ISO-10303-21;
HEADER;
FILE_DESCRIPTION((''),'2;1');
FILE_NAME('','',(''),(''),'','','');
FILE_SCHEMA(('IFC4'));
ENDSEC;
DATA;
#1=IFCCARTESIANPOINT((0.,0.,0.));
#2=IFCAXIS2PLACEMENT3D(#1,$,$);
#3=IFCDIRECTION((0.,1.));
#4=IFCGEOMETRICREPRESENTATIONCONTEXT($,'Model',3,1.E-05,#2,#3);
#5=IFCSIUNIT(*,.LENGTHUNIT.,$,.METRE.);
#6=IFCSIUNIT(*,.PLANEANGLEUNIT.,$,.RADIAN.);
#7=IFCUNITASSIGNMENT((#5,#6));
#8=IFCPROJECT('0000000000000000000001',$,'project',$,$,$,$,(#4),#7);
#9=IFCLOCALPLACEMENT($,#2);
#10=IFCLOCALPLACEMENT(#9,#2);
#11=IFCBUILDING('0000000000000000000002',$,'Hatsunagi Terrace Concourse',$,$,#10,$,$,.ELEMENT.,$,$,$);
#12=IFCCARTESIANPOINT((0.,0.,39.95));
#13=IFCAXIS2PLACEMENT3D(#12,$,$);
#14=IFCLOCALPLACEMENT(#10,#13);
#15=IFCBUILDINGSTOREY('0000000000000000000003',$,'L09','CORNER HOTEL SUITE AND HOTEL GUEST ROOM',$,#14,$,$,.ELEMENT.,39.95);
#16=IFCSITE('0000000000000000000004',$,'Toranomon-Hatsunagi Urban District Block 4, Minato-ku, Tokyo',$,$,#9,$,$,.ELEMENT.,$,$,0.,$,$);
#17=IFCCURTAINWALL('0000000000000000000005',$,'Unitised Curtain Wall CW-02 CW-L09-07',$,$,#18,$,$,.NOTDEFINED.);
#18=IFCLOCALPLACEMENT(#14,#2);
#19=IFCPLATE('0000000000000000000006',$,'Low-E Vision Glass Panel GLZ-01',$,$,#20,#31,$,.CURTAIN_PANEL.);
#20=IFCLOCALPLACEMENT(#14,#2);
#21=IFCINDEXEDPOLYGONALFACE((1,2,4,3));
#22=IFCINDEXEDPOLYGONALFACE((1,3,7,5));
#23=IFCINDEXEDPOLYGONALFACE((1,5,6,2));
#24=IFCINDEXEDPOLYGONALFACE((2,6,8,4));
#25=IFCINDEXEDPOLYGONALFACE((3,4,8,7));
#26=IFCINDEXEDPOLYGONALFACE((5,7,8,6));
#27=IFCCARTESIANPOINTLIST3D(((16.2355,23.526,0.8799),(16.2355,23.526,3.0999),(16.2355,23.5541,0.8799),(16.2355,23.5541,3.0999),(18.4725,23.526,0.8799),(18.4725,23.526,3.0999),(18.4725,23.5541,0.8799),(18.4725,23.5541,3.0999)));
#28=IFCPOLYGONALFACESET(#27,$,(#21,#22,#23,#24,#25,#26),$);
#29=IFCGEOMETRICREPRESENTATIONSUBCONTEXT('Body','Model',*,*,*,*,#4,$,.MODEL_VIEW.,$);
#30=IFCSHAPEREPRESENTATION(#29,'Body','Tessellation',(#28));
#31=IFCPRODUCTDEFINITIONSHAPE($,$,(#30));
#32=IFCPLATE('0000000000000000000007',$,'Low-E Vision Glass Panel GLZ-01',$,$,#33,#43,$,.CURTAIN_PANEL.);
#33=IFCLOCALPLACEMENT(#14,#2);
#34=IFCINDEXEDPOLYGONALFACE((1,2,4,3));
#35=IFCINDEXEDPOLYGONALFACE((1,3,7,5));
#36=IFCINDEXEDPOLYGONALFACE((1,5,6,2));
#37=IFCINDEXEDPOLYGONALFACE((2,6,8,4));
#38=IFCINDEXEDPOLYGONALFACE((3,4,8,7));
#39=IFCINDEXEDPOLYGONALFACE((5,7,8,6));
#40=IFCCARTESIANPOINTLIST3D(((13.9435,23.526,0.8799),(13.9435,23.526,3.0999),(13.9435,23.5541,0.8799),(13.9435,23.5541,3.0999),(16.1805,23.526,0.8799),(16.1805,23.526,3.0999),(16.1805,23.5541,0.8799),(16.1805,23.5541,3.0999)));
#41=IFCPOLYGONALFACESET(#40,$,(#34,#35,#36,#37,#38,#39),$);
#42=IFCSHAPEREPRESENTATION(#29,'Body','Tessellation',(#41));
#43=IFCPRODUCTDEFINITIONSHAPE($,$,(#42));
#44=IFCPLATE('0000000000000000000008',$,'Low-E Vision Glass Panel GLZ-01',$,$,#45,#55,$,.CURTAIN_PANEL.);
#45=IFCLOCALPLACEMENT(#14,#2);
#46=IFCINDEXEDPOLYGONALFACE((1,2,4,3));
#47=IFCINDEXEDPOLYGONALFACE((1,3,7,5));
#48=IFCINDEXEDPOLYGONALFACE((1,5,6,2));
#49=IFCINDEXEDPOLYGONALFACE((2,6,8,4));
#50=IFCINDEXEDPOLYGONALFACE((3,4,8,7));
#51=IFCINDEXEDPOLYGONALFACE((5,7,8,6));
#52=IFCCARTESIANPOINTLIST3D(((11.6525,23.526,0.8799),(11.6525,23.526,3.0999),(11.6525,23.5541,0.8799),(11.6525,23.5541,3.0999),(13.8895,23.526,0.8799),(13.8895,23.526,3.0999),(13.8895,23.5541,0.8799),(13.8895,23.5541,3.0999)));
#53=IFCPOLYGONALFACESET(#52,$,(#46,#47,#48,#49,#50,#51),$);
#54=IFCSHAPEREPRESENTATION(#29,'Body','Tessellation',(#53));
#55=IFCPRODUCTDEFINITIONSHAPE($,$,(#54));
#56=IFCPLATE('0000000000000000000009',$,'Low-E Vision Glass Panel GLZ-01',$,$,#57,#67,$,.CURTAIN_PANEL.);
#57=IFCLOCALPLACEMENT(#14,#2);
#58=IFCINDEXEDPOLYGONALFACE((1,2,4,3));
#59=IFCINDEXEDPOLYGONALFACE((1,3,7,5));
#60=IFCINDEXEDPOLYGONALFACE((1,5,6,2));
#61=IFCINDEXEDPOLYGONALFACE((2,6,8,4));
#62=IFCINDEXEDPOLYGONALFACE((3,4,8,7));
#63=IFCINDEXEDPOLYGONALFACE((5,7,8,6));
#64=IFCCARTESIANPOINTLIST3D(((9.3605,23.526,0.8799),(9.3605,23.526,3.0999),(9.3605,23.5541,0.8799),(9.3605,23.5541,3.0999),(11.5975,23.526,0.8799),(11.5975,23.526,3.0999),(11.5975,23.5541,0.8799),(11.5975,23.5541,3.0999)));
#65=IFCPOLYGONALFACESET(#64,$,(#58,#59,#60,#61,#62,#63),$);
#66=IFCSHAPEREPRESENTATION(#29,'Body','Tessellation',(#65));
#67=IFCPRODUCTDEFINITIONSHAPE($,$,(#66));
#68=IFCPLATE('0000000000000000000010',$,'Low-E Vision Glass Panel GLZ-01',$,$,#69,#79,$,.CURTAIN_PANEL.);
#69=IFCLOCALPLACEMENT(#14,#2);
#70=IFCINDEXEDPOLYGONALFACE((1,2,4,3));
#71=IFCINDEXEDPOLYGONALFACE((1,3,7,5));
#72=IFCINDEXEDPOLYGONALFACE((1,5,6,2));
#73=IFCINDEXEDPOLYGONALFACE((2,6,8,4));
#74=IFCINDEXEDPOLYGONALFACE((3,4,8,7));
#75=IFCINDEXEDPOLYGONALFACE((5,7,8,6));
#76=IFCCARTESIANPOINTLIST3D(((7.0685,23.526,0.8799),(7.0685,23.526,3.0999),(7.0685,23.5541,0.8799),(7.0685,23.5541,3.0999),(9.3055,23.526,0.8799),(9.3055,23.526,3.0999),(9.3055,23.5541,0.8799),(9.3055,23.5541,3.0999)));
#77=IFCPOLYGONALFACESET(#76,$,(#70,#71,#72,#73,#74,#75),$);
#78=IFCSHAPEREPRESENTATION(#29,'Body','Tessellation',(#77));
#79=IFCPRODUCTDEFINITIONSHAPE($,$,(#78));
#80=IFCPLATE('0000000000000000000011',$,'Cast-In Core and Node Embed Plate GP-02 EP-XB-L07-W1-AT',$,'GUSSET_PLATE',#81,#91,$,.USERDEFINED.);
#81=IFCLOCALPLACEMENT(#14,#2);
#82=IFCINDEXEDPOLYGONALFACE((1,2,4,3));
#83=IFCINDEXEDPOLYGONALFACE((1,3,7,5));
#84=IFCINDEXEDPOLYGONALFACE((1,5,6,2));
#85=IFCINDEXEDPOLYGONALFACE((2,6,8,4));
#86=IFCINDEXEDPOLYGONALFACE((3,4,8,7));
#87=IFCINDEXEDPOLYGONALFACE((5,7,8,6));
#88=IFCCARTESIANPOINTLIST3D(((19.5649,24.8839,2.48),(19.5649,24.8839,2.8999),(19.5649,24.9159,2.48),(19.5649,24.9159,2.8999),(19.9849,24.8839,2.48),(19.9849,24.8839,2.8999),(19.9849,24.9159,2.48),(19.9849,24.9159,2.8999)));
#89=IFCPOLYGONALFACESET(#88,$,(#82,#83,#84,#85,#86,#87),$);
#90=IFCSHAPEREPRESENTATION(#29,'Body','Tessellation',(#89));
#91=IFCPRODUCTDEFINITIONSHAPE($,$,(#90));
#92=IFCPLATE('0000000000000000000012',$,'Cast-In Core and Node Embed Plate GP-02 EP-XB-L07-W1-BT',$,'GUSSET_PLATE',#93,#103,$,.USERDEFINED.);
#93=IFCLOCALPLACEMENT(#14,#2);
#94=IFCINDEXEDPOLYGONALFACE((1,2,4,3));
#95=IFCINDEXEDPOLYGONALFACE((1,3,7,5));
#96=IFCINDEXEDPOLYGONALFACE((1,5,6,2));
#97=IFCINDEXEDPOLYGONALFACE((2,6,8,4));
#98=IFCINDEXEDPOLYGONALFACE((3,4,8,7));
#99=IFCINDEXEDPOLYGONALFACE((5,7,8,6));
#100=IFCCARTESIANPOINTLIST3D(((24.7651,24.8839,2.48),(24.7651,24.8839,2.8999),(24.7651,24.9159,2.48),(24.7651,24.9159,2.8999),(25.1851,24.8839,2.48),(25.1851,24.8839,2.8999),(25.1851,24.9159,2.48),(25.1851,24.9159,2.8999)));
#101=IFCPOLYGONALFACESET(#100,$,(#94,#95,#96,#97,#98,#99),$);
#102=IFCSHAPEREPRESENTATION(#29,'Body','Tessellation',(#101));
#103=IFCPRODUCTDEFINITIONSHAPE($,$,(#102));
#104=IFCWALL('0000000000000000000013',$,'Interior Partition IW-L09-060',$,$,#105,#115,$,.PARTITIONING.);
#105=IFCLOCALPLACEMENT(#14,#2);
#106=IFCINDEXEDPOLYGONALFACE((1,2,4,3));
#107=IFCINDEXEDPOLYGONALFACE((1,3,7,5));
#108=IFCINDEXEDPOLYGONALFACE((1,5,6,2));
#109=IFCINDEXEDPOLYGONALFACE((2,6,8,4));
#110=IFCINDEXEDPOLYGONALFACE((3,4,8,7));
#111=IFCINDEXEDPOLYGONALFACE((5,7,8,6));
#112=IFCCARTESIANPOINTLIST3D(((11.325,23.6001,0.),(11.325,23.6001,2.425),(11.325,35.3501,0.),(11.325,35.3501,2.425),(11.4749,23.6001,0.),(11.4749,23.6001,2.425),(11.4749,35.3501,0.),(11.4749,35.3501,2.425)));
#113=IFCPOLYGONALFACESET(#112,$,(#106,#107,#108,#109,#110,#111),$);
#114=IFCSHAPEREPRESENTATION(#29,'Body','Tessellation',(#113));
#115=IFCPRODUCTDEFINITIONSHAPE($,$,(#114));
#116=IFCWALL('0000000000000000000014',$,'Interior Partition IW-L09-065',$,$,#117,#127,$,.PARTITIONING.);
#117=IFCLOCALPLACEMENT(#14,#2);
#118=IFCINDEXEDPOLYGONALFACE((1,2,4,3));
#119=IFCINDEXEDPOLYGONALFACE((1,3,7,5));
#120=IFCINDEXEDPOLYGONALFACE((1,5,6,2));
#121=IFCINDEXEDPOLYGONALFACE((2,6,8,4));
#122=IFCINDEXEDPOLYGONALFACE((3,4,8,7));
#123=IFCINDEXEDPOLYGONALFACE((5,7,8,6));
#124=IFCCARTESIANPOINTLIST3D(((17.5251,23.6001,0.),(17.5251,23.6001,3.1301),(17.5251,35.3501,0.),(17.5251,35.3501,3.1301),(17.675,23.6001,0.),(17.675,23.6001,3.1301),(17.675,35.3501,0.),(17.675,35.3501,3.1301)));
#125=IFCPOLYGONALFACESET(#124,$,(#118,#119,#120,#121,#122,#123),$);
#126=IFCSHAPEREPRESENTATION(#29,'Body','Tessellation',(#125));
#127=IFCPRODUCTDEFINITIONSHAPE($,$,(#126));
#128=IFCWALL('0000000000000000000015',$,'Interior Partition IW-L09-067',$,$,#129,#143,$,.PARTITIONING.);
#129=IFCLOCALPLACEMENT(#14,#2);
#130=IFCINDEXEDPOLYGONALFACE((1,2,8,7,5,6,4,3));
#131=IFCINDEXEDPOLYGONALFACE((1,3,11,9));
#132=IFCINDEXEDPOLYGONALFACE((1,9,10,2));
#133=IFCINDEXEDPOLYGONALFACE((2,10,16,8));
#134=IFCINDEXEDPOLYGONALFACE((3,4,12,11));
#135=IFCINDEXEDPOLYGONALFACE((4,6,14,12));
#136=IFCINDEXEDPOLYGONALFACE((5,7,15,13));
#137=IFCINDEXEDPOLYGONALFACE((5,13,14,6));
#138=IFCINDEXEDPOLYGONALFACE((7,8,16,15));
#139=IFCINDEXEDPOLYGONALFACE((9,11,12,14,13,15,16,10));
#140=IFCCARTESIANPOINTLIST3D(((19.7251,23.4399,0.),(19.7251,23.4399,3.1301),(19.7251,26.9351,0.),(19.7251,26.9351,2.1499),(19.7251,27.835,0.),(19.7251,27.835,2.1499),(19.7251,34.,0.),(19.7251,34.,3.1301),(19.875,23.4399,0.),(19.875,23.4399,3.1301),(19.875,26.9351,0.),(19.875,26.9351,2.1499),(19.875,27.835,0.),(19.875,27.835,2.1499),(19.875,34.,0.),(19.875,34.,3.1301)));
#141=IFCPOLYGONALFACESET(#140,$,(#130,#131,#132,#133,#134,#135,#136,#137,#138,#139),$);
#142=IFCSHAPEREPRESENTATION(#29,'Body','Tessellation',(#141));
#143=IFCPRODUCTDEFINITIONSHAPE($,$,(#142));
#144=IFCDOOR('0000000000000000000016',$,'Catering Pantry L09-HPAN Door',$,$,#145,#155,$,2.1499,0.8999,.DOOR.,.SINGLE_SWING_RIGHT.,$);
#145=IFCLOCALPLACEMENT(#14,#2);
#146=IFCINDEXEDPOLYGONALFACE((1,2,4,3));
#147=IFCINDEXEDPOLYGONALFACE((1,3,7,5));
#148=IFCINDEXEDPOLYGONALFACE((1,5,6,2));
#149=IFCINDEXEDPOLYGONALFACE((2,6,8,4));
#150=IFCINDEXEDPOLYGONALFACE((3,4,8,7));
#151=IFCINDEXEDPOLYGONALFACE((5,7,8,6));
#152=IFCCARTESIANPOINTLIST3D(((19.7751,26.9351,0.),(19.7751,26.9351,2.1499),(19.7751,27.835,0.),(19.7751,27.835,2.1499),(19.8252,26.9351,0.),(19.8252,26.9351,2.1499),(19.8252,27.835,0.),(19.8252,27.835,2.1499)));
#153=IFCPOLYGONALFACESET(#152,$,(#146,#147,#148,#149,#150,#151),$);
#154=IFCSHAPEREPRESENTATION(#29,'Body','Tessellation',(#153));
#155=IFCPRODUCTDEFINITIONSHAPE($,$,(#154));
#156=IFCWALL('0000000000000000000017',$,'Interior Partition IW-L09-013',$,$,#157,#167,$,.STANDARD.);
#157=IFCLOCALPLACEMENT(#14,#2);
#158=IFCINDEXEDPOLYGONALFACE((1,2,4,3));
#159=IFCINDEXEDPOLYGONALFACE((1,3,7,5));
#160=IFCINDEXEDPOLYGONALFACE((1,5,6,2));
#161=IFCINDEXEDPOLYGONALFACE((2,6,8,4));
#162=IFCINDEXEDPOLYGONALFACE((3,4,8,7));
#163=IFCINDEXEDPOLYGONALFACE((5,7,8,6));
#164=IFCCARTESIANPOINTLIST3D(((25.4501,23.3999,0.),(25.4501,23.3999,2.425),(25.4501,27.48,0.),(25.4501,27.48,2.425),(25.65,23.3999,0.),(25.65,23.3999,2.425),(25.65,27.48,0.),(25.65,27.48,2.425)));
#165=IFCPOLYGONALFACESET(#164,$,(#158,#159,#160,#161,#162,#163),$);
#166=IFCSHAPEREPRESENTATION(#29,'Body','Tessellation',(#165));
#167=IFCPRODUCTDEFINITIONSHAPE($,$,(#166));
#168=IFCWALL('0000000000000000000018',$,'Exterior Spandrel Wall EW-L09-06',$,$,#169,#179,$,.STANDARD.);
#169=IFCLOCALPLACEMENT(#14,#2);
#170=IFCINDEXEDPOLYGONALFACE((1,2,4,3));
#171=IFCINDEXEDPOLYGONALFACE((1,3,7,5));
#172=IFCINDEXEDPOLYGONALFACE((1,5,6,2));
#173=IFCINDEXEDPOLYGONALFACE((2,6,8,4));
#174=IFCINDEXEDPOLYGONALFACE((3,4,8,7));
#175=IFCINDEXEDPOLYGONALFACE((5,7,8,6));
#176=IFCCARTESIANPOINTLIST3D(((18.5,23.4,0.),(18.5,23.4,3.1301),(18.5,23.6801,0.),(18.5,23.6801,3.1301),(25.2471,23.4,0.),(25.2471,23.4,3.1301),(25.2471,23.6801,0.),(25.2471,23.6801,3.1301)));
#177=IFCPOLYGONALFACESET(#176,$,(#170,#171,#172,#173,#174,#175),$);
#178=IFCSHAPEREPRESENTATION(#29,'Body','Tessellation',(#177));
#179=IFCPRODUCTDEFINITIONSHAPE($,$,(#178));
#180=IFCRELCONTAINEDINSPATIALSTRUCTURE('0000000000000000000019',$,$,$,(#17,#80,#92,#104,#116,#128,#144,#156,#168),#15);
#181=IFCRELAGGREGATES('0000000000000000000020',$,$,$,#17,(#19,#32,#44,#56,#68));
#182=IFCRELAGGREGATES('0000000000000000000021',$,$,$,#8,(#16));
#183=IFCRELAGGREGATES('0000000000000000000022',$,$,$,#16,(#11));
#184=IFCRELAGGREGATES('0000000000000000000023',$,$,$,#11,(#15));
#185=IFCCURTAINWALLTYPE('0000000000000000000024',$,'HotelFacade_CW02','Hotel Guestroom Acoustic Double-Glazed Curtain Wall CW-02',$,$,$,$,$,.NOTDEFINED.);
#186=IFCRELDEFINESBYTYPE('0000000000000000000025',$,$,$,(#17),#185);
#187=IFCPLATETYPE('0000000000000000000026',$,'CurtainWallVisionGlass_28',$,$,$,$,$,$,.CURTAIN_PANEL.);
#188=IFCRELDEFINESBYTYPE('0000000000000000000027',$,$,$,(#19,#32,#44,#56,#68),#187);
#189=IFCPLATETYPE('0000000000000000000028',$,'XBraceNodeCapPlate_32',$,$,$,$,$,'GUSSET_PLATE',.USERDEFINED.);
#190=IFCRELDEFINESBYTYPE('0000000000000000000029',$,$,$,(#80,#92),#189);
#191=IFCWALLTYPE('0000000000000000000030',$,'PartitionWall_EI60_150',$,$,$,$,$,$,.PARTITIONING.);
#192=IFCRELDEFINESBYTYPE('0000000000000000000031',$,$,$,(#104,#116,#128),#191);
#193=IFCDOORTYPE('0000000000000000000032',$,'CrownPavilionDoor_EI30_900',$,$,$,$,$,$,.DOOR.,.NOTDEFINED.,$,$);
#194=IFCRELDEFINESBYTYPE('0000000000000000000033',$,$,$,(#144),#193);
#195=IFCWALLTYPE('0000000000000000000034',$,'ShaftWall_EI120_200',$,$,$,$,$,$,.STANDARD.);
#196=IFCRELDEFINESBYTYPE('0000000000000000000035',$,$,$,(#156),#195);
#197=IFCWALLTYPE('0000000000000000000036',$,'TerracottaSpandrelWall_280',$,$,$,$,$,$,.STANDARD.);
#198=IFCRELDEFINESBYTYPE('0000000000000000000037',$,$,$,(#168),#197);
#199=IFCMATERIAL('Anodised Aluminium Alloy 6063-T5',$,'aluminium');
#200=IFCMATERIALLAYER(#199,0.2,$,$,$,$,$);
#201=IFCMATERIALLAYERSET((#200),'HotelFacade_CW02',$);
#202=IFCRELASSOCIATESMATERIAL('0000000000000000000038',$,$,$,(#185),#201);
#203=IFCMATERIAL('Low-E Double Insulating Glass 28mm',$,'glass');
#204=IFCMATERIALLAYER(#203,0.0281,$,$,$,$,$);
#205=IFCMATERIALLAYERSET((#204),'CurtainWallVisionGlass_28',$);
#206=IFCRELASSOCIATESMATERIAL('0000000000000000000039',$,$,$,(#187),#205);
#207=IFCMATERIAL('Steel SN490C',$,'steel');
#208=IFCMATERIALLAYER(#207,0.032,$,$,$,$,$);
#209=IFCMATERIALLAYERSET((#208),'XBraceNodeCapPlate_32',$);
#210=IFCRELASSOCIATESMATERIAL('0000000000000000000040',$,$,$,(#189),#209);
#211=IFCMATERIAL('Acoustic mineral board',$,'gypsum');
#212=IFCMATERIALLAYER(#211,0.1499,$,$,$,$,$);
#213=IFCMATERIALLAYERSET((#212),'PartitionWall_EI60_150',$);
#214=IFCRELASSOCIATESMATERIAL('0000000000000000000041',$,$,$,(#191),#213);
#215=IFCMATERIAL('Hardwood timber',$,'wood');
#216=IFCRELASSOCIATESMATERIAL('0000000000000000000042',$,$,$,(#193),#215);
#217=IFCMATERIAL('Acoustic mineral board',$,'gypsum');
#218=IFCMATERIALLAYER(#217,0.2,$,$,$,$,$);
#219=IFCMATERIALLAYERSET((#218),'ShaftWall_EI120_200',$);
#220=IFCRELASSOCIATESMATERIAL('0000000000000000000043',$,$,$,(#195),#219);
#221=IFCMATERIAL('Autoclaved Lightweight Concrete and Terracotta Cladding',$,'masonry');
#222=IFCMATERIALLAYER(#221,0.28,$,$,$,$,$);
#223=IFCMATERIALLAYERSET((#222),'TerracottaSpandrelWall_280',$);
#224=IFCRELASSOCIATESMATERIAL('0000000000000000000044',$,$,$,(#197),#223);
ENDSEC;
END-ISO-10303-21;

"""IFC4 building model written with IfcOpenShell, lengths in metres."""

from ifc_helpers import new_model, si_unit, direction, frame, frame_2d, origin, origin_2d, place, context, subcontext, project, spatial, rectangle, extrude, material, layer, layer_set, type_object, element, fill, aggregate, save


model = new_model("IFC4")

# Units and contexts
model_context = context("Model", 3, precision=1e-05, world=origin(), true_north=direction((0.0, 1.0)))
body_context = subcontext(model_context, "Body", "Model", "MODEL_VIEW")
ifc_project = project(units=[si_unit("LENGTHUNIT", "METRE"), si_unit("PLANEANGLEUNIT", "RADIAN")], contexts=[model_context])

# Site, building, storey
site_placement = place(None, origin())
site = spatial("IfcSite", under=ifc_project, at=site_placement, Name="Toranomon-Hatsunagi Urban District Block 4, Minato-ku, Tokyo", CompositionType="ELEMENT", RefElevation=0.0)
building_placement = place(site_placement, origin())
building = spatial("IfcBuilding", under=site, at=building_placement, Name="Hatsunagi Terrace Concourse", CompositionType="ELEMENT")
storey_placement = place(building_placement, frame((0.0, 0.0, 39.95)))
storey = spatial("IfcBuildingStorey", under=building, at=storey_placement, Name="L09", Description="CORNER HOTEL SUITE AND HOTEL GUEST ROOM", CompositionType="ELEMENT", Elevation=39.95)

# Curtain wall, plates
ifc_material_1 = material(Name="Anodised Aluminium Alloy 6063-T5", Category="aluminium")
ifc_layer_1 = layer(ifc_material_1, 0.2)
ifc_layer_set_1 = layer_set([ifc_layer_1], Name="HotelFacade_CW02")
curtain_wall_type = type_object("IfcCurtainWallType", Name="HotelFacade_CW02", Description="Hotel Guestroom Acoustic Double-Glazed Curtain Wall CW-02", PredefinedType="NOTDEFINED", material=ifc_layer_set_1)
curtain_wall_placement = place(storey_placement, origin())
curtain_wall = element("IfcCurtainWall", 1, at=curtain_wall_placement, inside=storey, type_object=curtain_wall_type, Name="Unitised Curtain Wall CW-02 CW-L09-07", PredefinedType="NOTDEFINED")
ifc_material_2 = material(Name="Low-E Double Insulating Glass 28mm", Category="glass")
ifc_layer_2 = layer(ifc_material_2, 0.0281)
ifc_layer_set_2 = layer_set([ifc_layer_2], Name="CurtainWallVisionGlass_28")
plate_type_1 = type_object("IfcPlateType", Name="CurtainWallVisionGlass_28", PredefinedType="CURTAIN_PANEL", material=ifc_layer_set_2)
plate_1_placement = place(storey_placement, frame((17.354, 23.54, 0.8799), z_axis=(0.0, 0.0, 1.0), x_axis=(-1.0, 0.0, 0.0)))
plate_1 = element("IfcPlate", 2, at=plate_1_placement, type_object=plate_type_1, Name="Low-E Vision Glass Panel GLZ-01", PredefinedType="CURTAIN_PANEL", context=body_context, shape_type="SweptSolid", body=[
    extrude(rectangle(XDim=2.2371, YDim=0.0281, at=origin_2d()), origin(), (0.0, 0.0, 1.0), 2.22),
])
plate_2_placement = place(storey_placement, frame((15.062, 23.54, 0.8799), z_axis=(0.0, 0.0, 1.0), x_axis=(-1.0, 0.0, 0.0)))
plate_2 = element("IfcPlate", 3, at=plate_2_placement, type_object=plate_type_1, Name="Low-E Vision Glass Panel GLZ-01", PredefinedType="CURTAIN_PANEL", context=body_context, shape_type="SweptSolid", body=[
    extrude(rectangle(XDim=2.2371, YDim=0.0281, at=origin_2d()), origin(), (0.0, 0.0, 1.0), 2.22),
])
plate_3_placement = place(storey_placement, frame((12.771, 23.54, 0.8799), z_axis=(0.0, 0.0, 1.0), x_axis=(-1.0, 0.0, 0.0)))
plate_3 = element("IfcPlate", 4, at=plate_3_placement, type_object=plate_type_1, Name="Low-E Vision Glass Panel GLZ-01", PredefinedType="CURTAIN_PANEL", context=body_context, shape_type="SweptSolid", body=[
    extrude(rectangle(XDim=2.2371, YDim=0.0281, at=origin_2d()), origin(), (0.0, 0.0, 1.0), 2.22),
])
plate_4_placement = place(storey_placement, frame((10.479, 23.54, 0.8799), z_axis=(0.0, 0.0, 1.0), x_axis=(-1.0, 0.0, 0.0)))
plate_4 = element("IfcPlate", 5, at=plate_4_placement, type_object=plate_type_1, Name="Low-E Vision Glass Panel GLZ-01", PredefinedType="CURTAIN_PANEL", context=body_context, shape_type="SweptSolid", body=[
    extrude(rectangle(XDim=2.2371, YDim=0.0281, at=origin_2d()), origin(), (0.0, 0.0, 1.0), 2.22),
])
plate_5_placement = place(storey_placement, frame((8.187, 23.54, 0.8799), z_axis=(0.0, 0.0, 1.0), x_axis=(-1.0, 0.0, 0.0)))
plate_5 = element("IfcPlate", 6, at=plate_5_placement, type_object=plate_type_1, Name="Low-E Vision Glass Panel GLZ-01", PredefinedType="CURTAIN_PANEL", context=body_context, shape_type="SweptSolid", body=[
    extrude(rectangle(XDim=2.2371, YDim=0.0281, at=origin_2d()), origin(), (0.0, 0.0, 1.0), 2.22),
])
aggregate(curtain_wall, [plate_1, plate_2, plate_3, plate_4, plate_5])

# Plates
ifc_material_3 = material(Name="Steel SN490C", Category="steel")
ifc_layer_3 = layer(ifc_material_3, 0.032)
ifc_layer_set_3 = layer_set([ifc_layer_3], Name="XBraceNodeCapPlate_32")
plate_type_2 = type_object("IfcPlateType", Name="XBraceNodeCapPlate_32", ElementType="GUSSET_PLATE", PredefinedType="USERDEFINED", material=ifc_layer_set_3)
for number, where, z_axis, x_axis, name in (
    (7, (19.7749, 24.8999, 2.48), (0.0, 0.0, 1.0), (1.0, 0.0, 0.0), "Cast-In Core and Node Embed Plate GP-02 EP-XB-L07-W1-AT"),
    (8, (24.9751, 24.8999, 2.48), (0.0, 0.0, 1.0), (1.0, 0.0, 0.0), "Cast-In Core and Node Embed Plate GP-02 EP-XB-L07-W1-BT"),
):
    element("IfcPlate", number, at=place(storey_placement, frame(where, z_axis=z_axis, x_axis=x_axis)), inside=storey, type_object=plate_type_2, Name=name, ObjectType="GUSSET_PLATE", PredefinedType="USERDEFINED", context=body_context, shape_type="SweptSolid", body=[
        extrude(rectangle(XDim=0.4199, YDim=0.032, at=origin_2d()), origin(), (0.0, 0.0, 1.0), 0.4199),
    ])

# Walls
ifc_material_4 = material(Name="Acoustic mineral board", Category="gypsum")
ifc_layer_4 = layer(ifc_material_4, 0.1499)
ifc_layer_set_4 = layer_set([ifc_layer_4], Name="PartitionWall_EI60_150")
wall_type_1 = type_object("IfcWallType", Name="PartitionWall_EI60_150", PredefinedType="PARTITIONING", material=ifc_layer_set_4)
wall_1_placement = place(storey_placement, frame((11.3999, 23.6001, 0.0), z_axis=(0.0, 0.0, 1.0), x_axis=(0.0, 1.0, 0.0)))
element("IfcWall", 9, at=wall_1_placement, inside=storey, type_object=wall_type_1, Name="Interior Partition IW-L09-060", PredefinedType="PARTITIONING", context=body_context, shape_type="SweptSolid", body=[
    extrude(rectangle(XDim=11.75, YDim=0.1499, at=frame_2d((5.875, 0.0))), origin(), (0.0, 0.0, 1.0), 2.425),
])
wall_2_placement = place(storey_placement, frame((17.6001, 23.6001, 0.0), z_axis=(0.0, 0.0, 1.0), x_axis=(0.0, 1.0, 0.0)))
element("IfcWall", 10, at=wall_2_placement, inside=storey, type_object=wall_type_1, Name="Interior Partition IW-L09-065", PredefinedType="PARTITIONING", context=body_context, shape_type="SweptSolid", body=[
    extrude(rectangle(XDim=11.75, YDim=0.1499, at=frame_2d((5.875, 0.0))), origin(), (0.0, 0.0, 1.0), 3.1301),
])

# Wall, opening, door
wall_3_placement = place(storey_placement, frame((19.8, 23.4399, 0.0), z_axis=(0.0, 0.0, 1.0), x_axis=(0.0, 1.0, 0.0)))
wall_3 = element("IfcWall", 11, at=wall_3_placement, inside=storey, type_object=wall_type_1, Name="Interior Partition IW-L09-067", PredefinedType="PARTITIONING", context=body_context, shape_type="SweptSolid", body=[
    extrude(rectangle(XDim=10.5601, YDim=0.1499, at=frame_2d((5.28, 0.0))), origin(), (0.0, 0.0, 1.0), 3.1301),
])
opening_placement = place(wall_3_placement, frame((3.4951, 0.0, 0.0)))
opening = element("IfcOpeningElement", 12, at=opening_placement, cuts=wall_3, PredefinedType="OPENING", context=body_context, shape_type="SweptSolid", body=[
    extrude(rectangle(XDim=0.8999, YDim=2.1499, at=frame_2d((0.45, 1.075))), frame((0.0, 0.085, 0.0), z_axis=(0.0, -1.0, 0.0), x_axis=(1.0, 0.0, 0.0)), (0.0, 0.0, 1.0), 0.1699),
])
ifc_material_5 = material(Name="Hardwood timber", Category="wood")
door_type = type_object("IfcDoorType", Name="CrownPavilionDoor_EI30_900", OperationType="NOTDEFINED", PredefinedType="DOOR", material=ifc_material_5)
door_placement = place(opening_placement, origin())
door = element("IfcDoor", 13, at=door_placement, inside=storey, type_object=door_type, Name="Catering Pantry L09-HPAN Door", OperationType="SINGLE_SWING_RIGHT", OverallHeight=2.1499, OverallWidth=0.8999, PredefinedType="DOOR", context=body_context, shape_type="SweptSolid", body=[
    extrude(rectangle(XDim=0.8999, YDim=2.1499, at=frame_2d((0.45, 1.075))), frame((0.0, 0.0249, 0.0), z_axis=(0.0, -1.0, 0.0), x_axis=(1.0, 0.0, 0.0)), (0.0, 0.0, 1.0), 0.05),
])
fill(opening, door)

# Walls
ifc_material_6 = material(Name="Acoustic mineral board", Category="gypsum")
ifc_layer_5 = layer(ifc_material_6, 0.2)
ifc_layer_set_5 = layer_set([ifc_layer_5], Name="ShaftWall_EI120_200")
wall_type_2 = type_object("IfcWallType", Name="ShaftWall_EI120_200", PredefinedType="STANDARD", material=ifc_layer_set_5)
wall_4_placement = place(storey_placement, frame((25.55, 23.3999, 0.0), z_axis=(0.0, 0.0, 1.0), x_axis=(0.0, 1.0, 0.0)))
element("IfcWall", 14, at=wall_4_placement, inside=storey, type_object=wall_type_2, Name="Interior Partition IW-L09-013", PredefinedType="STANDARD", context=body_context, shape_type="SweptSolid", body=[
    extrude(rectangle(XDim=4.0801, YDim=0.2, at=frame_2d((2.04, 0.0))), origin(), (0.0, 0.0, 1.0), 2.425),
])
ifc_material_7 = material(Name="Autoclaved Lightweight Concrete and Terracotta Cladding", Category="masonry")
ifc_layer_6 = layer(ifc_material_7, 0.28)
ifc_layer_set_6 = layer_set([ifc_layer_6], Name="TerracottaSpandrelWall_280")
wall_type_3 = type_object("IfcWallType", Name="TerracottaSpandrelWall_280", PredefinedType="STANDARD", material=ifc_layer_set_6)
wall_5_placement = place(storey_placement, frame((25.2471, 23.54, 0.0), z_axis=(0.0, 0.0, 1.0), x_axis=(-1.0, 0.0, 0.0)))
element("IfcWall", 15, at=wall_5_placement, inside=storey, type_object=wall_type_3, Name="Exterior Spandrel Wall EW-L09-06", PredefinedType="STANDARD", context=body_context, shape_type="SweptSolid", body=[
    extrude(rectangle(XDim=6.7471, YDim=0.28, at=frame_2d((3.3735, 0.0))), origin(), (0.0, 0.0, 1.0), 3.1301),
])

save(model, "model.ifc")
